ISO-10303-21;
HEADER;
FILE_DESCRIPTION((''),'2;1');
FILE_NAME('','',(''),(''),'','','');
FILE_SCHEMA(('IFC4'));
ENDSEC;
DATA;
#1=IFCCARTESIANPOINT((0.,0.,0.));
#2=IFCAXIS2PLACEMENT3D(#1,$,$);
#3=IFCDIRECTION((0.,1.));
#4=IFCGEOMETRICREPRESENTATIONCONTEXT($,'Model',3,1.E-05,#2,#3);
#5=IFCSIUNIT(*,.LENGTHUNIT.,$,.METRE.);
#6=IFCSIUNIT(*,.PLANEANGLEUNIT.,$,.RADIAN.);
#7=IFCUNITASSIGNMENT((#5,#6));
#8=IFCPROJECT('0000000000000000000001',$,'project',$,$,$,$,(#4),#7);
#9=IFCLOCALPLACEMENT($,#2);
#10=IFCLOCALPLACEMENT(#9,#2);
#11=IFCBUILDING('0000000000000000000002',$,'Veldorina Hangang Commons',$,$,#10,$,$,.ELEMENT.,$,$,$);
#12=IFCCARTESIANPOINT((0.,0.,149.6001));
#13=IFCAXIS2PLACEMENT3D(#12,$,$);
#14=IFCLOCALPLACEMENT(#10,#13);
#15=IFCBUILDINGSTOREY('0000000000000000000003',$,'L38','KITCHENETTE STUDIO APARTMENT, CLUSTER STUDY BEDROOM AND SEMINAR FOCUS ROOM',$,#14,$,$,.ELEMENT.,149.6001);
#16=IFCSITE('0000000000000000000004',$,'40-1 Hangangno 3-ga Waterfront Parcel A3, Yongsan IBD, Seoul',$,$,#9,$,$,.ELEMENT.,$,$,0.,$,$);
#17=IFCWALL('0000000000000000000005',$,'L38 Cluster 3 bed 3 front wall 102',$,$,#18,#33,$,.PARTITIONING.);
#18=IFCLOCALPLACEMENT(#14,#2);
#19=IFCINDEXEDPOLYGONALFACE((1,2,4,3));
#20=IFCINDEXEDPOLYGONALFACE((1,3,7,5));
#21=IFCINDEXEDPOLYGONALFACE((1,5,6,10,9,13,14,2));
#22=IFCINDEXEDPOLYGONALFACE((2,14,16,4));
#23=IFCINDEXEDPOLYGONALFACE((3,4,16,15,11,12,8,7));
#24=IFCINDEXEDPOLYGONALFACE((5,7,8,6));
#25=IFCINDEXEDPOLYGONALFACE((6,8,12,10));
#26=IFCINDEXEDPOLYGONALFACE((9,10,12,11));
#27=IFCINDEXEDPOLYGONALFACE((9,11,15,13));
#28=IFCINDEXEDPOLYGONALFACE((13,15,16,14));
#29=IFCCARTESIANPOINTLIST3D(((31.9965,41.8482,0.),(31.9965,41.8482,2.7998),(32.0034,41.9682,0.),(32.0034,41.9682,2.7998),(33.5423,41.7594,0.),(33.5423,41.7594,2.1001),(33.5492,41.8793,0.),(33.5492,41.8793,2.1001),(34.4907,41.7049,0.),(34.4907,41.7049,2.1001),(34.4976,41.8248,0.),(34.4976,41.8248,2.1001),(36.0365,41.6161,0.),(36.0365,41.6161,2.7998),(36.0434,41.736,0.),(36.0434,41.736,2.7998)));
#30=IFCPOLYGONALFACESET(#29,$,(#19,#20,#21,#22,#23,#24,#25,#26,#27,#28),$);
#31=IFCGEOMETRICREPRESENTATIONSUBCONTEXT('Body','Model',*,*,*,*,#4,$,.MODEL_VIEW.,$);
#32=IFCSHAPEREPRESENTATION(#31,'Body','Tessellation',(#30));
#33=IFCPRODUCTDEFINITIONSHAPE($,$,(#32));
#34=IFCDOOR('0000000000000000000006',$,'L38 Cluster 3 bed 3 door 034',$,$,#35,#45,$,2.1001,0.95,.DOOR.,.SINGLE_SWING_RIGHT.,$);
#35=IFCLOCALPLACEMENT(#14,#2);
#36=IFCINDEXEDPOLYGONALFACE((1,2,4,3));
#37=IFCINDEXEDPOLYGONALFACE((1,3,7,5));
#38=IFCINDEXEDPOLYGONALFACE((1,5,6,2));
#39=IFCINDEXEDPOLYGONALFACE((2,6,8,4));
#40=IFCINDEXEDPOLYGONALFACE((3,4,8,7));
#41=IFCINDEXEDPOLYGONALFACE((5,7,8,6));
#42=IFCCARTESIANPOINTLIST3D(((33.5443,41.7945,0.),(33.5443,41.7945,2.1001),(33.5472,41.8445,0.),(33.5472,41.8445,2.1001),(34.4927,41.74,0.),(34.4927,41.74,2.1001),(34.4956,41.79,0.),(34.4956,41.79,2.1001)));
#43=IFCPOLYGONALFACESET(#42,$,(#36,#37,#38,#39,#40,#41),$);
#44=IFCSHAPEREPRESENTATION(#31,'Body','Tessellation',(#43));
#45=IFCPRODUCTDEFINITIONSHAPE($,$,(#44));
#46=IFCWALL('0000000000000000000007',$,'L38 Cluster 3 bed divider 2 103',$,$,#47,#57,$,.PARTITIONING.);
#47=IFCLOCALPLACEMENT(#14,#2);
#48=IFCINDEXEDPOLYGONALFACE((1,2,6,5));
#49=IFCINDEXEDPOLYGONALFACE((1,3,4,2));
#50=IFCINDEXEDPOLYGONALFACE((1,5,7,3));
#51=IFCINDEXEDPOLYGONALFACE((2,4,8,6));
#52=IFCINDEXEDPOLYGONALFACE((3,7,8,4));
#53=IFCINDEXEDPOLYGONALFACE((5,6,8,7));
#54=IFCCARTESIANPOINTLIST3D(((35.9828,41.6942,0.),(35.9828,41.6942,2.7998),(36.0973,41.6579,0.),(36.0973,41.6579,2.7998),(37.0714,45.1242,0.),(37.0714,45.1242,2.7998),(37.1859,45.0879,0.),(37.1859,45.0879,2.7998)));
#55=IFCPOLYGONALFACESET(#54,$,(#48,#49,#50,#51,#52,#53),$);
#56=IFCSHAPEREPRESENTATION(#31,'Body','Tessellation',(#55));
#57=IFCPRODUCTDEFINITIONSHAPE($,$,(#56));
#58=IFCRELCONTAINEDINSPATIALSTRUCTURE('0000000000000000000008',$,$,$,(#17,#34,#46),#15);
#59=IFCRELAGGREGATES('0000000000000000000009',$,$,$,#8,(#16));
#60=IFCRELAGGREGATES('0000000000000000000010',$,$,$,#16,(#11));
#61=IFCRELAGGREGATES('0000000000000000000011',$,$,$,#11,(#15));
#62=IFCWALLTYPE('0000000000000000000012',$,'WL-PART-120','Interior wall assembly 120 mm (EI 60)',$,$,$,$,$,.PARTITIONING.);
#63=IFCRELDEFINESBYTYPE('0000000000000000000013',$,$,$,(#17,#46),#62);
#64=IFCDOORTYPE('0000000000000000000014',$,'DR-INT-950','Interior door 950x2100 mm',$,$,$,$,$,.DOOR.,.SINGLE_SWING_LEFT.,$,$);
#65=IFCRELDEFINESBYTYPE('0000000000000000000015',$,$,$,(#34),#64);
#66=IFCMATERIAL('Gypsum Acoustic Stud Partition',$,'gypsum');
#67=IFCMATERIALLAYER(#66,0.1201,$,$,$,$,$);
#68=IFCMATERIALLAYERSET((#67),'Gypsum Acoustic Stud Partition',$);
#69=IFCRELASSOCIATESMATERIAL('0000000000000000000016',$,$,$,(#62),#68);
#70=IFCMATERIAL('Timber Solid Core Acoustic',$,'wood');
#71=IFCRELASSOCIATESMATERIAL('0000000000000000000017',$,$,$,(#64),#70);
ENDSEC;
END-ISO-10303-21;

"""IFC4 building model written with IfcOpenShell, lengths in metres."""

from ifc_helpers import new_model, si_unit, direction, frame, frame_2d, origin, place, context, subcontext, project, spatial, rectangle, extrude, material, layer, layer_set, type_object, element, fill, save


model = new_model("IFC4")

# Units and contexts
model_context = context("Model", 3, precision=1e-05, world=origin(), true_north=direction((0.0, 1.0)))
body_context = subcontext(model_context, "Body", "Model", "MODEL_VIEW")
ifc_project = project(units=[si_unit("LENGTHUNIT", "METRE"), si_unit("PLANEANGLEUNIT", "RADIAN")], contexts=[model_context])

# Site, building, storey
site_placement = place(None, origin())
site = spatial("IfcSite", under=ifc_project, at=site_placement, Name="40-1 Hangangno 3-ga Waterfront Parcel A3, Yongsan IBD, Seoul", CompositionType="ELEMENT", RefElevation=0.0)
building_placement = place(site_placement, origin())
building = spatial("IfcBuilding", under=site, at=building_placement, Name="Veldorina Hangang Commons", CompositionType="ELEMENT")
storey_placement = place(building_placement, frame((0.0, 0.0, 149.6001)))
storey = spatial("IfcBuildingStorey", under=building, at=storey_placement, Name="L38", Description="KITCHENETTE STUDIO APARTMENT, CLUSTER STUDY BEDROOM AND SEMINAR FOCUS ROOM", CompositionType="ELEMENT", Elevation=149.6001)

# Shared definitions
ifc_material_1 = material(Name="Gypsum Acoustic Stud Partition", Category="gypsum")
ifc_layer_1 = layer(ifc_material_1, 0.1201)
ifc_layer_set_1 = layer_set([ifc_layer_1], Name="Gypsum Acoustic Stud Partition")
wall_type_1 = type_object("IfcWallType", Name="WL-PART-120", Description="Interior wall assembly 120 mm (EI 60)", PredefinedType="PARTITIONING", material=ifc_layer_set_1)
ifc_material_2 = material(Name="Timber Solid Core Acoustic", Category="wood")
door_type_1 = type_object("IfcDoorType", Name="DR-INT-950", Description="Interior door 950x2100 mm", OperationType="SINGLE_SWING_LEFT", PredefinedType="DOOR", material=ifc_material_2)

# Wall, opening, door
wall_1_placement = place(storey_placement, frame((36.04, 41.676, 0.0), z_axis=(0.0, 0.0, 1.0), x_axis=(-0.998353, 0.057375, 0.0)))
wall_1 = element("IfcWall", 1, at=wall_1_placement, inside=storey, type_object=wall_type_1, Name="L38 Cluster 3 bed 3 front wall 102", PredefinedType="PARTITIONING", context=body_context, shape_type="SweptSolid", body=[
    extrude(rectangle(XDim=4.0466, YDim=0.1201, at=frame_2d((2.0234, 0.0))), origin(), (0.0, 0.0, 1.0), 2.7998),
])
opening_1_placement = place(wall_1_placement, frame((1.5483, 0.0, 0.0)))
opening_1 = element("IfcOpeningElement", 2, at=opening_1_placement, cuts=wall_1, PredefinedType="OPENING", context=body_context, shape_type="SweptSolid", body=[
    extrude(rectangle(XDim=0.95, YDim=2.1001, at=frame_2d((0.4751, 1.05))), frame((0.0, 0.0701, 0.0), z_axis=(0.0, -1.0, 0.0), x_axis=(1.0, 0.0, 0.0)), (0.0, 0.0, 1.0), 0.1401),
])
door_1_placement = place(opening_1_placement, origin())
door_1 = element("IfcDoor", 3, at=door_1_placement, inside=storey, type_object=door_type_1, Name="L38 Cluster 3 bed 3 door 034", OperationType="SINGLE_SWING_RIGHT", OverallHeight=2.1001, OverallWidth=0.95, PredefinedType="DOOR", context=body_context, shape_type="SweptSolid", body=[
    extrude(rectangle(XDim=0.95, YDim=2.1001, at=frame_2d((0.4751, 1.05))), frame((0.0, 0.0249, 0.0), z_axis=(0.0, -1.0, 0.0), x_axis=(1.0, 0.0, 0.0)), (0.0, 0.0, 1.0), 0.05),
])
fill(opening_1, door_1)

# Wall
wall_2_placement = place(storey_placement, frame((36.04, 41.676, 0.0), z_axis=(0.0, 0.0, 1.0), x_axis=(0.302517, 0.953144, 0.0)))
element("IfcWall", 4, at=wall_2_placement, inside=storey, type_object=wall_type_1, Name="L38 Cluster 3 bed divider 2 103", PredefinedType="PARTITIONING", context=body_context, shape_type="SweptSolid", body=[
    extrude(rectangle(XDim=3.5986, YDim=0.1201, at=frame_2d((1.7993, 0.0))), origin(), (0.0, 0.0, 1.0), 2.7998),
])

save(model, "model.ifc")
